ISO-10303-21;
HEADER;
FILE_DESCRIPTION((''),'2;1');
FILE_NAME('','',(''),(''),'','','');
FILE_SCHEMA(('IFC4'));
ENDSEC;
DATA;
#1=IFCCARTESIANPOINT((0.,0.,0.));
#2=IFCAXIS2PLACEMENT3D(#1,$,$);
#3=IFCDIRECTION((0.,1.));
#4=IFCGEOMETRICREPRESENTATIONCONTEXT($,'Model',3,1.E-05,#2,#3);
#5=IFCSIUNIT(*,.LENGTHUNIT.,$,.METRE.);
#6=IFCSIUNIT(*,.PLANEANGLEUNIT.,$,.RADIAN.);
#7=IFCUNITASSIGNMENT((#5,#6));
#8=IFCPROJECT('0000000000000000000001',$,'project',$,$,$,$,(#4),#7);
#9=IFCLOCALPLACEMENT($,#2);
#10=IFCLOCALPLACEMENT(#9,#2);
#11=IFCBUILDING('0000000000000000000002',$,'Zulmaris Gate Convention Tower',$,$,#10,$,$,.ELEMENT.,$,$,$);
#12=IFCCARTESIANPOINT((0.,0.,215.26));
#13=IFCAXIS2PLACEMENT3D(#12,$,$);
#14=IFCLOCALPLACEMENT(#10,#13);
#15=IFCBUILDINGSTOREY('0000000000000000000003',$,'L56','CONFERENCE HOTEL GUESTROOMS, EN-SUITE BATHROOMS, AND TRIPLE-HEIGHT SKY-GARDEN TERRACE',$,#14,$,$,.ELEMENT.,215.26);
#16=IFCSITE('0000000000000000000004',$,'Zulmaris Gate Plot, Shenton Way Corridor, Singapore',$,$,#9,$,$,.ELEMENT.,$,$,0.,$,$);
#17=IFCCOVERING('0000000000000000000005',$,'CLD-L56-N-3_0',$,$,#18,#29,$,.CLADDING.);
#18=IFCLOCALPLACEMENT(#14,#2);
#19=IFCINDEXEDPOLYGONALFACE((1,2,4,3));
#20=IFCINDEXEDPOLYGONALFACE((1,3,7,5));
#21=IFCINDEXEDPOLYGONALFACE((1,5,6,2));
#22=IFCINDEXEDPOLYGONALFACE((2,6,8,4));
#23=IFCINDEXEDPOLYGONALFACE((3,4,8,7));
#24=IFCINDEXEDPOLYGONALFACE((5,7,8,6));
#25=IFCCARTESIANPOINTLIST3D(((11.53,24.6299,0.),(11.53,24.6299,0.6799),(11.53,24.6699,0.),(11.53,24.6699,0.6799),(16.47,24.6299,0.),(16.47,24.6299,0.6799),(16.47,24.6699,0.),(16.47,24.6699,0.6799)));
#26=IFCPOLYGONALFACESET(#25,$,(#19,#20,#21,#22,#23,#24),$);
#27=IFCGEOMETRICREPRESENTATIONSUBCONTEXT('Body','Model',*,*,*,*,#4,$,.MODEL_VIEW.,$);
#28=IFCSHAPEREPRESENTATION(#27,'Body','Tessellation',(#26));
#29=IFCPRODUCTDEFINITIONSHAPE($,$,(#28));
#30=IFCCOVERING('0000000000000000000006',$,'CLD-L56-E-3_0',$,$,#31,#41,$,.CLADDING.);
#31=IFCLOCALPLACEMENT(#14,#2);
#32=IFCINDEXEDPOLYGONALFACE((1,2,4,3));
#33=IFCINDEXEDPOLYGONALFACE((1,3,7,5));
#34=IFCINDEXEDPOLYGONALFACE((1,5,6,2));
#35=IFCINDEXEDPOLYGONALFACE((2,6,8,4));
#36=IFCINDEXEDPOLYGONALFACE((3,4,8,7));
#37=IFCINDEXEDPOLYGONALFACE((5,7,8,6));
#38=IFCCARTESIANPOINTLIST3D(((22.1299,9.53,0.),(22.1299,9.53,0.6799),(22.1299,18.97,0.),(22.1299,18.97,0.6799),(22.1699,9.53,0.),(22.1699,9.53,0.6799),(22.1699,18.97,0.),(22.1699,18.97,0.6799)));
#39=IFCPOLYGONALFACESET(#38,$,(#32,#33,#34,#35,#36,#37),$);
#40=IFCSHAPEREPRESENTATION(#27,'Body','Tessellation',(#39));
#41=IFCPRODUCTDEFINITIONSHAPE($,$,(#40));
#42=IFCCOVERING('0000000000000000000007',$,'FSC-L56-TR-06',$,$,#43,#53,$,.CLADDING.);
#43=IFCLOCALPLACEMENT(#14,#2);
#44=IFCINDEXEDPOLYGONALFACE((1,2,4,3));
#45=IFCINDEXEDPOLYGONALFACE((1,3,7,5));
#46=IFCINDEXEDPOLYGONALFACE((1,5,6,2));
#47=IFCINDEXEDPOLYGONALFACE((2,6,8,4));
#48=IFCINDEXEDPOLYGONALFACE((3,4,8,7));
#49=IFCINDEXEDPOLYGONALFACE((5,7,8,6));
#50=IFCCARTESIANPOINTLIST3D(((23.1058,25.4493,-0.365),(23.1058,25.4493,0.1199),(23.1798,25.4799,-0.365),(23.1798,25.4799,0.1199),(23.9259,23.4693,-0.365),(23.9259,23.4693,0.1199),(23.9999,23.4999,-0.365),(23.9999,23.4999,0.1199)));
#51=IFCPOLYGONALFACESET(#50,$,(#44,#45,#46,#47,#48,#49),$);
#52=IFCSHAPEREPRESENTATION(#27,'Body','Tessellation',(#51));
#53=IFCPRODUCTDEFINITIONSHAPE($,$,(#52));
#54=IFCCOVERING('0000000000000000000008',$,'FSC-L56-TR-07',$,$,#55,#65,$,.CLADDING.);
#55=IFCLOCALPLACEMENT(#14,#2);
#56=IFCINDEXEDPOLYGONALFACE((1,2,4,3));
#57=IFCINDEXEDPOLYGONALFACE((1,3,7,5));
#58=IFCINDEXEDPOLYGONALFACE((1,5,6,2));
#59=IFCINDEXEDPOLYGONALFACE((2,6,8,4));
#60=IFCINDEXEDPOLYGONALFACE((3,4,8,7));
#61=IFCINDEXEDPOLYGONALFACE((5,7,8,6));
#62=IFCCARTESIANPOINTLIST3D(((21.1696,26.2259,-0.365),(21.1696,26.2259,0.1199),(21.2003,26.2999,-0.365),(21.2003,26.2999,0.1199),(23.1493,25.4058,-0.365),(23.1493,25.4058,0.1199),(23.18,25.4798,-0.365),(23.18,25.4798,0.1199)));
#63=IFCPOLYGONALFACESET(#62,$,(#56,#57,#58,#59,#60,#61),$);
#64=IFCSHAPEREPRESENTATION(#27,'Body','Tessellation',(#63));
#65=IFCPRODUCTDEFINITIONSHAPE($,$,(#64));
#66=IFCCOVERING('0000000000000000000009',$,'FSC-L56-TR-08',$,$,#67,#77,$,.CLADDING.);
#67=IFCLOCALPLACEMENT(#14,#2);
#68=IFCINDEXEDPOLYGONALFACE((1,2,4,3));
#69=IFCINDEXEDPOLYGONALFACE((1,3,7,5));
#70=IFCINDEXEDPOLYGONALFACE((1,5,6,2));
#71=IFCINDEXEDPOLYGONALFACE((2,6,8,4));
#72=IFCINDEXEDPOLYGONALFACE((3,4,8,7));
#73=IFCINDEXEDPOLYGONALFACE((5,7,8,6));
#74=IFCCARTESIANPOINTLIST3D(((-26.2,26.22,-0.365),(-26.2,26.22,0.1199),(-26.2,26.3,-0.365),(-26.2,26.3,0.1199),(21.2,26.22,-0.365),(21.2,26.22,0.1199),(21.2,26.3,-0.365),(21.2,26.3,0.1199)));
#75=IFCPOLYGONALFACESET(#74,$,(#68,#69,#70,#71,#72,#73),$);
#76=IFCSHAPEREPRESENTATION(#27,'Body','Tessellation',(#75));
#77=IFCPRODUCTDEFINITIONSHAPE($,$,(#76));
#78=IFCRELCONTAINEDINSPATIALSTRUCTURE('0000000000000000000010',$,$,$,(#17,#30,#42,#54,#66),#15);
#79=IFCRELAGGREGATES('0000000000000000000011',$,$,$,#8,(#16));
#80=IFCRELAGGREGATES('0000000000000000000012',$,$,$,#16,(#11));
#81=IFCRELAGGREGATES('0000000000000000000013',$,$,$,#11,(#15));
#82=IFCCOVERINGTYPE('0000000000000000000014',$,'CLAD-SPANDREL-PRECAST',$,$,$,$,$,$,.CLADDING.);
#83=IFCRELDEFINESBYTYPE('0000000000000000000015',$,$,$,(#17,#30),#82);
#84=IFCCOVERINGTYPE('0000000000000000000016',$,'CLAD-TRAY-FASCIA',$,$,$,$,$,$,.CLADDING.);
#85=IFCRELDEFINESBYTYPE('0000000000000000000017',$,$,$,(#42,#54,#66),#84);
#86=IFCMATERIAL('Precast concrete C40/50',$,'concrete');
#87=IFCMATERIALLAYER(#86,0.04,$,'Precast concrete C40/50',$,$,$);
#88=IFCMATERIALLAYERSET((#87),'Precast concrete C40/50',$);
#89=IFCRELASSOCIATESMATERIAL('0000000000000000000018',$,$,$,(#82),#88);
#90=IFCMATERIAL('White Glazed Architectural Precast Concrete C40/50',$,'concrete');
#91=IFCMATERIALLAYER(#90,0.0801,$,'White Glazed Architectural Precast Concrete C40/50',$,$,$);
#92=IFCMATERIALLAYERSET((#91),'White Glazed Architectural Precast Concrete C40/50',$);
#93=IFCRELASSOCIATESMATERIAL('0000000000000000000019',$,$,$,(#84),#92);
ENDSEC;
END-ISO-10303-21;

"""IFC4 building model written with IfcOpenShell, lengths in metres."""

from ifc_helpers import new_model, si_unit, direction, frame, frame_2d, origin, place, context, subcontext, project, spatial, rectangle, extrude, material, layer, layer_set, type_object, element, save


model = new_model("IFC4")

# Units and contexts
model_context = context("Model", 3, precision=1e-05, world=origin(), true_north=direction((0.0, 1.0)))
body_context = subcontext(model_context, "Body", "Model", "MODEL_VIEW")
ifc_project = project(units=[si_unit("LENGTHUNIT", "METRE"), si_unit("PLANEANGLEUNIT", "RADIAN")], contexts=[model_context])

# Site, building, storey
site_placement = place(None, origin())
site = spatial("IfcSite", under=ifc_project, at=site_placement, Name="Zulmaris Gate Plot, Shenton Way Corridor, Singapore", CompositionType="ELEMENT", RefElevation=0.0)
building_placement = place(site_placement, origin())
building = spatial("IfcBuilding", under=site, at=building_placement, Name="Zulmaris Gate Convention Tower", CompositionType="ELEMENT")
storey_placement = place(building_placement, frame((0.0, 0.0, 215.26)))
storey = spatial("IfcBuildingStorey", under=building, at=storey_placement, Name="L56", Description="CONFERENCE HOTEL GUESTROOMS, EN-SUITE BATHROOMS, AND TRIPLE-HEIGHT SKY-GARDEN TERRACE", CompositionType="ELEMENT", Elevation=215.26)

# Shared definitions
ifc_material_1 = material(Name="Precast concrete C40/50", Category="concrete")

# Coverings
ifc_layer_1 = layer(ifc_material_1, 0.04, Name="Precast concrete C40/50")
ifc_layer_set_1 = layer_set([ifc_layer_1], Name="Precast concrete C40/50")
covering_type_1 = type_object("IfcCoveringType", Name="CLAD-SPANDREL-PRECAST", PredefinedType="CLADDING", material=ifc_layer_set_1)
covering_1_placement = place(storey_placement, frame((16.47, 24.6499, 0.0), z_axis=(0.0, 0.0, 1.0), x_axis=(-1.0, 0.0, 0.0)))
element("IfcCovering", 1, at=covering_1_placement, inside=storey, type_object=covering_type_1, Name="CLD-L56-N-3_0", PredefinedType="CLADDING", context=body_context, shape_type="SweptSolid", body=[
    extrude(rectangle(XDim=4.9399, YDim=0.04, at=frame_2d((2.47, 0.0))), origin(), (0.0, 0.0, 1.0), 0.6799),
])
covering_2_placement = place(storey_placement, frame((22.1499, 9.53, 0.0), z_axis=(0.0, 0.0, 1.0), x_axis=(0.0, 1.0, 0.0)))
element("IfcCovering", 2, at=covering_2_placement, inside=storey, type_object=covering_type_1, Name="CLD-L56-E-3_0", PredefinedType="CLADDING", context=body_context, shape_type="SweptSolid", body=[
    extrude(rectangle(XDim=9.4399, YDim=0.04, at=frame_2d((4.72, 0.0))), origin(), (0.0, 0.0, 1.0), 0.6799),
])
ifc_material_2 = material(Name="White Glazed Architectural Precast Concrete C40/50", Category="concrete")
ifc_layer_2 = layer(ifc_material_2, 0.0801, Name="White Glazed Architectural Precast Concrete C40/50")
ifc_layer_set_2 = layer_set([ifc_layer_2], Name="White Glazed Architectural Precast Concrete C40/50")
covering_type_2 = type_object("IfcCoveringType", Name="CLAD-TRAY-FASCIA", PredefinedType="CLADDING", material=ifc_layer_set_2)
covering_3_placement = place(storey_placement, frame((23.9629, 23.4846, -0.365), z_axis=(0.0, 0.0, 1.0), x_axis=(-0.382657, 0.92389, 0.0)))
element("IfcCovering", 3, at=covering_3_placement, inside=storey, type_object=covering_type_2, Name="FSC-L56-TR-06", PredefinedType="CLADDING", context=body_context, shape_type="SweptSolid", body=[
    extrude(rectangle(XDim=2.1431, YDim=0.0801, at=frame_2d((1.0715, 0.0))), origin(), (0.0, 0.0, 1.0), 0.4849),
])
covering_4_placement = place(storey_placement, frame((23.1646, 25.4429, -0.365), z_axis=(0.0, 0.0, 1.0), x_axis=(-0.923874, 0.382697, 0.0)))
element("IfcCovering", 4, at=covering_4_placement, inside=storey, type_object=covering_type_2, Name="FSC-L56-TR-07", PredefinedType="CLADDING", context=body_context, shape_type="SweptSolid", body=[
    extrude(rectangle(XDim=2.1428, YDim=0.0801, at=frame_2d((1.0713, 0.0))), origin(), (0.0, 0.0, 1.0), 0.4849),
])
covering_5_placement = place(storey_placement, frame((21.2, 26.26, -0.365), z_axis=(0.0, 0.0, 1.0), x_axis=(-1.0, 0.0, 0.0)))
element("IfcCovering", 5, at=covering_5_placement, inside=storey, type_object=covering_type_2, Name="FSC-L56-TR-08", PredefinedType="CLADDING", context=body_context, shape_type="SweptSolid", body=[
    extrude(rectangle(XDim=47.3999, YDim=0.0801, at=frame_2d((23.7, 0.0))), origin(), (0.0, 0.0, 1.0), 0.4849),
])

save(model, "model.ifc")
